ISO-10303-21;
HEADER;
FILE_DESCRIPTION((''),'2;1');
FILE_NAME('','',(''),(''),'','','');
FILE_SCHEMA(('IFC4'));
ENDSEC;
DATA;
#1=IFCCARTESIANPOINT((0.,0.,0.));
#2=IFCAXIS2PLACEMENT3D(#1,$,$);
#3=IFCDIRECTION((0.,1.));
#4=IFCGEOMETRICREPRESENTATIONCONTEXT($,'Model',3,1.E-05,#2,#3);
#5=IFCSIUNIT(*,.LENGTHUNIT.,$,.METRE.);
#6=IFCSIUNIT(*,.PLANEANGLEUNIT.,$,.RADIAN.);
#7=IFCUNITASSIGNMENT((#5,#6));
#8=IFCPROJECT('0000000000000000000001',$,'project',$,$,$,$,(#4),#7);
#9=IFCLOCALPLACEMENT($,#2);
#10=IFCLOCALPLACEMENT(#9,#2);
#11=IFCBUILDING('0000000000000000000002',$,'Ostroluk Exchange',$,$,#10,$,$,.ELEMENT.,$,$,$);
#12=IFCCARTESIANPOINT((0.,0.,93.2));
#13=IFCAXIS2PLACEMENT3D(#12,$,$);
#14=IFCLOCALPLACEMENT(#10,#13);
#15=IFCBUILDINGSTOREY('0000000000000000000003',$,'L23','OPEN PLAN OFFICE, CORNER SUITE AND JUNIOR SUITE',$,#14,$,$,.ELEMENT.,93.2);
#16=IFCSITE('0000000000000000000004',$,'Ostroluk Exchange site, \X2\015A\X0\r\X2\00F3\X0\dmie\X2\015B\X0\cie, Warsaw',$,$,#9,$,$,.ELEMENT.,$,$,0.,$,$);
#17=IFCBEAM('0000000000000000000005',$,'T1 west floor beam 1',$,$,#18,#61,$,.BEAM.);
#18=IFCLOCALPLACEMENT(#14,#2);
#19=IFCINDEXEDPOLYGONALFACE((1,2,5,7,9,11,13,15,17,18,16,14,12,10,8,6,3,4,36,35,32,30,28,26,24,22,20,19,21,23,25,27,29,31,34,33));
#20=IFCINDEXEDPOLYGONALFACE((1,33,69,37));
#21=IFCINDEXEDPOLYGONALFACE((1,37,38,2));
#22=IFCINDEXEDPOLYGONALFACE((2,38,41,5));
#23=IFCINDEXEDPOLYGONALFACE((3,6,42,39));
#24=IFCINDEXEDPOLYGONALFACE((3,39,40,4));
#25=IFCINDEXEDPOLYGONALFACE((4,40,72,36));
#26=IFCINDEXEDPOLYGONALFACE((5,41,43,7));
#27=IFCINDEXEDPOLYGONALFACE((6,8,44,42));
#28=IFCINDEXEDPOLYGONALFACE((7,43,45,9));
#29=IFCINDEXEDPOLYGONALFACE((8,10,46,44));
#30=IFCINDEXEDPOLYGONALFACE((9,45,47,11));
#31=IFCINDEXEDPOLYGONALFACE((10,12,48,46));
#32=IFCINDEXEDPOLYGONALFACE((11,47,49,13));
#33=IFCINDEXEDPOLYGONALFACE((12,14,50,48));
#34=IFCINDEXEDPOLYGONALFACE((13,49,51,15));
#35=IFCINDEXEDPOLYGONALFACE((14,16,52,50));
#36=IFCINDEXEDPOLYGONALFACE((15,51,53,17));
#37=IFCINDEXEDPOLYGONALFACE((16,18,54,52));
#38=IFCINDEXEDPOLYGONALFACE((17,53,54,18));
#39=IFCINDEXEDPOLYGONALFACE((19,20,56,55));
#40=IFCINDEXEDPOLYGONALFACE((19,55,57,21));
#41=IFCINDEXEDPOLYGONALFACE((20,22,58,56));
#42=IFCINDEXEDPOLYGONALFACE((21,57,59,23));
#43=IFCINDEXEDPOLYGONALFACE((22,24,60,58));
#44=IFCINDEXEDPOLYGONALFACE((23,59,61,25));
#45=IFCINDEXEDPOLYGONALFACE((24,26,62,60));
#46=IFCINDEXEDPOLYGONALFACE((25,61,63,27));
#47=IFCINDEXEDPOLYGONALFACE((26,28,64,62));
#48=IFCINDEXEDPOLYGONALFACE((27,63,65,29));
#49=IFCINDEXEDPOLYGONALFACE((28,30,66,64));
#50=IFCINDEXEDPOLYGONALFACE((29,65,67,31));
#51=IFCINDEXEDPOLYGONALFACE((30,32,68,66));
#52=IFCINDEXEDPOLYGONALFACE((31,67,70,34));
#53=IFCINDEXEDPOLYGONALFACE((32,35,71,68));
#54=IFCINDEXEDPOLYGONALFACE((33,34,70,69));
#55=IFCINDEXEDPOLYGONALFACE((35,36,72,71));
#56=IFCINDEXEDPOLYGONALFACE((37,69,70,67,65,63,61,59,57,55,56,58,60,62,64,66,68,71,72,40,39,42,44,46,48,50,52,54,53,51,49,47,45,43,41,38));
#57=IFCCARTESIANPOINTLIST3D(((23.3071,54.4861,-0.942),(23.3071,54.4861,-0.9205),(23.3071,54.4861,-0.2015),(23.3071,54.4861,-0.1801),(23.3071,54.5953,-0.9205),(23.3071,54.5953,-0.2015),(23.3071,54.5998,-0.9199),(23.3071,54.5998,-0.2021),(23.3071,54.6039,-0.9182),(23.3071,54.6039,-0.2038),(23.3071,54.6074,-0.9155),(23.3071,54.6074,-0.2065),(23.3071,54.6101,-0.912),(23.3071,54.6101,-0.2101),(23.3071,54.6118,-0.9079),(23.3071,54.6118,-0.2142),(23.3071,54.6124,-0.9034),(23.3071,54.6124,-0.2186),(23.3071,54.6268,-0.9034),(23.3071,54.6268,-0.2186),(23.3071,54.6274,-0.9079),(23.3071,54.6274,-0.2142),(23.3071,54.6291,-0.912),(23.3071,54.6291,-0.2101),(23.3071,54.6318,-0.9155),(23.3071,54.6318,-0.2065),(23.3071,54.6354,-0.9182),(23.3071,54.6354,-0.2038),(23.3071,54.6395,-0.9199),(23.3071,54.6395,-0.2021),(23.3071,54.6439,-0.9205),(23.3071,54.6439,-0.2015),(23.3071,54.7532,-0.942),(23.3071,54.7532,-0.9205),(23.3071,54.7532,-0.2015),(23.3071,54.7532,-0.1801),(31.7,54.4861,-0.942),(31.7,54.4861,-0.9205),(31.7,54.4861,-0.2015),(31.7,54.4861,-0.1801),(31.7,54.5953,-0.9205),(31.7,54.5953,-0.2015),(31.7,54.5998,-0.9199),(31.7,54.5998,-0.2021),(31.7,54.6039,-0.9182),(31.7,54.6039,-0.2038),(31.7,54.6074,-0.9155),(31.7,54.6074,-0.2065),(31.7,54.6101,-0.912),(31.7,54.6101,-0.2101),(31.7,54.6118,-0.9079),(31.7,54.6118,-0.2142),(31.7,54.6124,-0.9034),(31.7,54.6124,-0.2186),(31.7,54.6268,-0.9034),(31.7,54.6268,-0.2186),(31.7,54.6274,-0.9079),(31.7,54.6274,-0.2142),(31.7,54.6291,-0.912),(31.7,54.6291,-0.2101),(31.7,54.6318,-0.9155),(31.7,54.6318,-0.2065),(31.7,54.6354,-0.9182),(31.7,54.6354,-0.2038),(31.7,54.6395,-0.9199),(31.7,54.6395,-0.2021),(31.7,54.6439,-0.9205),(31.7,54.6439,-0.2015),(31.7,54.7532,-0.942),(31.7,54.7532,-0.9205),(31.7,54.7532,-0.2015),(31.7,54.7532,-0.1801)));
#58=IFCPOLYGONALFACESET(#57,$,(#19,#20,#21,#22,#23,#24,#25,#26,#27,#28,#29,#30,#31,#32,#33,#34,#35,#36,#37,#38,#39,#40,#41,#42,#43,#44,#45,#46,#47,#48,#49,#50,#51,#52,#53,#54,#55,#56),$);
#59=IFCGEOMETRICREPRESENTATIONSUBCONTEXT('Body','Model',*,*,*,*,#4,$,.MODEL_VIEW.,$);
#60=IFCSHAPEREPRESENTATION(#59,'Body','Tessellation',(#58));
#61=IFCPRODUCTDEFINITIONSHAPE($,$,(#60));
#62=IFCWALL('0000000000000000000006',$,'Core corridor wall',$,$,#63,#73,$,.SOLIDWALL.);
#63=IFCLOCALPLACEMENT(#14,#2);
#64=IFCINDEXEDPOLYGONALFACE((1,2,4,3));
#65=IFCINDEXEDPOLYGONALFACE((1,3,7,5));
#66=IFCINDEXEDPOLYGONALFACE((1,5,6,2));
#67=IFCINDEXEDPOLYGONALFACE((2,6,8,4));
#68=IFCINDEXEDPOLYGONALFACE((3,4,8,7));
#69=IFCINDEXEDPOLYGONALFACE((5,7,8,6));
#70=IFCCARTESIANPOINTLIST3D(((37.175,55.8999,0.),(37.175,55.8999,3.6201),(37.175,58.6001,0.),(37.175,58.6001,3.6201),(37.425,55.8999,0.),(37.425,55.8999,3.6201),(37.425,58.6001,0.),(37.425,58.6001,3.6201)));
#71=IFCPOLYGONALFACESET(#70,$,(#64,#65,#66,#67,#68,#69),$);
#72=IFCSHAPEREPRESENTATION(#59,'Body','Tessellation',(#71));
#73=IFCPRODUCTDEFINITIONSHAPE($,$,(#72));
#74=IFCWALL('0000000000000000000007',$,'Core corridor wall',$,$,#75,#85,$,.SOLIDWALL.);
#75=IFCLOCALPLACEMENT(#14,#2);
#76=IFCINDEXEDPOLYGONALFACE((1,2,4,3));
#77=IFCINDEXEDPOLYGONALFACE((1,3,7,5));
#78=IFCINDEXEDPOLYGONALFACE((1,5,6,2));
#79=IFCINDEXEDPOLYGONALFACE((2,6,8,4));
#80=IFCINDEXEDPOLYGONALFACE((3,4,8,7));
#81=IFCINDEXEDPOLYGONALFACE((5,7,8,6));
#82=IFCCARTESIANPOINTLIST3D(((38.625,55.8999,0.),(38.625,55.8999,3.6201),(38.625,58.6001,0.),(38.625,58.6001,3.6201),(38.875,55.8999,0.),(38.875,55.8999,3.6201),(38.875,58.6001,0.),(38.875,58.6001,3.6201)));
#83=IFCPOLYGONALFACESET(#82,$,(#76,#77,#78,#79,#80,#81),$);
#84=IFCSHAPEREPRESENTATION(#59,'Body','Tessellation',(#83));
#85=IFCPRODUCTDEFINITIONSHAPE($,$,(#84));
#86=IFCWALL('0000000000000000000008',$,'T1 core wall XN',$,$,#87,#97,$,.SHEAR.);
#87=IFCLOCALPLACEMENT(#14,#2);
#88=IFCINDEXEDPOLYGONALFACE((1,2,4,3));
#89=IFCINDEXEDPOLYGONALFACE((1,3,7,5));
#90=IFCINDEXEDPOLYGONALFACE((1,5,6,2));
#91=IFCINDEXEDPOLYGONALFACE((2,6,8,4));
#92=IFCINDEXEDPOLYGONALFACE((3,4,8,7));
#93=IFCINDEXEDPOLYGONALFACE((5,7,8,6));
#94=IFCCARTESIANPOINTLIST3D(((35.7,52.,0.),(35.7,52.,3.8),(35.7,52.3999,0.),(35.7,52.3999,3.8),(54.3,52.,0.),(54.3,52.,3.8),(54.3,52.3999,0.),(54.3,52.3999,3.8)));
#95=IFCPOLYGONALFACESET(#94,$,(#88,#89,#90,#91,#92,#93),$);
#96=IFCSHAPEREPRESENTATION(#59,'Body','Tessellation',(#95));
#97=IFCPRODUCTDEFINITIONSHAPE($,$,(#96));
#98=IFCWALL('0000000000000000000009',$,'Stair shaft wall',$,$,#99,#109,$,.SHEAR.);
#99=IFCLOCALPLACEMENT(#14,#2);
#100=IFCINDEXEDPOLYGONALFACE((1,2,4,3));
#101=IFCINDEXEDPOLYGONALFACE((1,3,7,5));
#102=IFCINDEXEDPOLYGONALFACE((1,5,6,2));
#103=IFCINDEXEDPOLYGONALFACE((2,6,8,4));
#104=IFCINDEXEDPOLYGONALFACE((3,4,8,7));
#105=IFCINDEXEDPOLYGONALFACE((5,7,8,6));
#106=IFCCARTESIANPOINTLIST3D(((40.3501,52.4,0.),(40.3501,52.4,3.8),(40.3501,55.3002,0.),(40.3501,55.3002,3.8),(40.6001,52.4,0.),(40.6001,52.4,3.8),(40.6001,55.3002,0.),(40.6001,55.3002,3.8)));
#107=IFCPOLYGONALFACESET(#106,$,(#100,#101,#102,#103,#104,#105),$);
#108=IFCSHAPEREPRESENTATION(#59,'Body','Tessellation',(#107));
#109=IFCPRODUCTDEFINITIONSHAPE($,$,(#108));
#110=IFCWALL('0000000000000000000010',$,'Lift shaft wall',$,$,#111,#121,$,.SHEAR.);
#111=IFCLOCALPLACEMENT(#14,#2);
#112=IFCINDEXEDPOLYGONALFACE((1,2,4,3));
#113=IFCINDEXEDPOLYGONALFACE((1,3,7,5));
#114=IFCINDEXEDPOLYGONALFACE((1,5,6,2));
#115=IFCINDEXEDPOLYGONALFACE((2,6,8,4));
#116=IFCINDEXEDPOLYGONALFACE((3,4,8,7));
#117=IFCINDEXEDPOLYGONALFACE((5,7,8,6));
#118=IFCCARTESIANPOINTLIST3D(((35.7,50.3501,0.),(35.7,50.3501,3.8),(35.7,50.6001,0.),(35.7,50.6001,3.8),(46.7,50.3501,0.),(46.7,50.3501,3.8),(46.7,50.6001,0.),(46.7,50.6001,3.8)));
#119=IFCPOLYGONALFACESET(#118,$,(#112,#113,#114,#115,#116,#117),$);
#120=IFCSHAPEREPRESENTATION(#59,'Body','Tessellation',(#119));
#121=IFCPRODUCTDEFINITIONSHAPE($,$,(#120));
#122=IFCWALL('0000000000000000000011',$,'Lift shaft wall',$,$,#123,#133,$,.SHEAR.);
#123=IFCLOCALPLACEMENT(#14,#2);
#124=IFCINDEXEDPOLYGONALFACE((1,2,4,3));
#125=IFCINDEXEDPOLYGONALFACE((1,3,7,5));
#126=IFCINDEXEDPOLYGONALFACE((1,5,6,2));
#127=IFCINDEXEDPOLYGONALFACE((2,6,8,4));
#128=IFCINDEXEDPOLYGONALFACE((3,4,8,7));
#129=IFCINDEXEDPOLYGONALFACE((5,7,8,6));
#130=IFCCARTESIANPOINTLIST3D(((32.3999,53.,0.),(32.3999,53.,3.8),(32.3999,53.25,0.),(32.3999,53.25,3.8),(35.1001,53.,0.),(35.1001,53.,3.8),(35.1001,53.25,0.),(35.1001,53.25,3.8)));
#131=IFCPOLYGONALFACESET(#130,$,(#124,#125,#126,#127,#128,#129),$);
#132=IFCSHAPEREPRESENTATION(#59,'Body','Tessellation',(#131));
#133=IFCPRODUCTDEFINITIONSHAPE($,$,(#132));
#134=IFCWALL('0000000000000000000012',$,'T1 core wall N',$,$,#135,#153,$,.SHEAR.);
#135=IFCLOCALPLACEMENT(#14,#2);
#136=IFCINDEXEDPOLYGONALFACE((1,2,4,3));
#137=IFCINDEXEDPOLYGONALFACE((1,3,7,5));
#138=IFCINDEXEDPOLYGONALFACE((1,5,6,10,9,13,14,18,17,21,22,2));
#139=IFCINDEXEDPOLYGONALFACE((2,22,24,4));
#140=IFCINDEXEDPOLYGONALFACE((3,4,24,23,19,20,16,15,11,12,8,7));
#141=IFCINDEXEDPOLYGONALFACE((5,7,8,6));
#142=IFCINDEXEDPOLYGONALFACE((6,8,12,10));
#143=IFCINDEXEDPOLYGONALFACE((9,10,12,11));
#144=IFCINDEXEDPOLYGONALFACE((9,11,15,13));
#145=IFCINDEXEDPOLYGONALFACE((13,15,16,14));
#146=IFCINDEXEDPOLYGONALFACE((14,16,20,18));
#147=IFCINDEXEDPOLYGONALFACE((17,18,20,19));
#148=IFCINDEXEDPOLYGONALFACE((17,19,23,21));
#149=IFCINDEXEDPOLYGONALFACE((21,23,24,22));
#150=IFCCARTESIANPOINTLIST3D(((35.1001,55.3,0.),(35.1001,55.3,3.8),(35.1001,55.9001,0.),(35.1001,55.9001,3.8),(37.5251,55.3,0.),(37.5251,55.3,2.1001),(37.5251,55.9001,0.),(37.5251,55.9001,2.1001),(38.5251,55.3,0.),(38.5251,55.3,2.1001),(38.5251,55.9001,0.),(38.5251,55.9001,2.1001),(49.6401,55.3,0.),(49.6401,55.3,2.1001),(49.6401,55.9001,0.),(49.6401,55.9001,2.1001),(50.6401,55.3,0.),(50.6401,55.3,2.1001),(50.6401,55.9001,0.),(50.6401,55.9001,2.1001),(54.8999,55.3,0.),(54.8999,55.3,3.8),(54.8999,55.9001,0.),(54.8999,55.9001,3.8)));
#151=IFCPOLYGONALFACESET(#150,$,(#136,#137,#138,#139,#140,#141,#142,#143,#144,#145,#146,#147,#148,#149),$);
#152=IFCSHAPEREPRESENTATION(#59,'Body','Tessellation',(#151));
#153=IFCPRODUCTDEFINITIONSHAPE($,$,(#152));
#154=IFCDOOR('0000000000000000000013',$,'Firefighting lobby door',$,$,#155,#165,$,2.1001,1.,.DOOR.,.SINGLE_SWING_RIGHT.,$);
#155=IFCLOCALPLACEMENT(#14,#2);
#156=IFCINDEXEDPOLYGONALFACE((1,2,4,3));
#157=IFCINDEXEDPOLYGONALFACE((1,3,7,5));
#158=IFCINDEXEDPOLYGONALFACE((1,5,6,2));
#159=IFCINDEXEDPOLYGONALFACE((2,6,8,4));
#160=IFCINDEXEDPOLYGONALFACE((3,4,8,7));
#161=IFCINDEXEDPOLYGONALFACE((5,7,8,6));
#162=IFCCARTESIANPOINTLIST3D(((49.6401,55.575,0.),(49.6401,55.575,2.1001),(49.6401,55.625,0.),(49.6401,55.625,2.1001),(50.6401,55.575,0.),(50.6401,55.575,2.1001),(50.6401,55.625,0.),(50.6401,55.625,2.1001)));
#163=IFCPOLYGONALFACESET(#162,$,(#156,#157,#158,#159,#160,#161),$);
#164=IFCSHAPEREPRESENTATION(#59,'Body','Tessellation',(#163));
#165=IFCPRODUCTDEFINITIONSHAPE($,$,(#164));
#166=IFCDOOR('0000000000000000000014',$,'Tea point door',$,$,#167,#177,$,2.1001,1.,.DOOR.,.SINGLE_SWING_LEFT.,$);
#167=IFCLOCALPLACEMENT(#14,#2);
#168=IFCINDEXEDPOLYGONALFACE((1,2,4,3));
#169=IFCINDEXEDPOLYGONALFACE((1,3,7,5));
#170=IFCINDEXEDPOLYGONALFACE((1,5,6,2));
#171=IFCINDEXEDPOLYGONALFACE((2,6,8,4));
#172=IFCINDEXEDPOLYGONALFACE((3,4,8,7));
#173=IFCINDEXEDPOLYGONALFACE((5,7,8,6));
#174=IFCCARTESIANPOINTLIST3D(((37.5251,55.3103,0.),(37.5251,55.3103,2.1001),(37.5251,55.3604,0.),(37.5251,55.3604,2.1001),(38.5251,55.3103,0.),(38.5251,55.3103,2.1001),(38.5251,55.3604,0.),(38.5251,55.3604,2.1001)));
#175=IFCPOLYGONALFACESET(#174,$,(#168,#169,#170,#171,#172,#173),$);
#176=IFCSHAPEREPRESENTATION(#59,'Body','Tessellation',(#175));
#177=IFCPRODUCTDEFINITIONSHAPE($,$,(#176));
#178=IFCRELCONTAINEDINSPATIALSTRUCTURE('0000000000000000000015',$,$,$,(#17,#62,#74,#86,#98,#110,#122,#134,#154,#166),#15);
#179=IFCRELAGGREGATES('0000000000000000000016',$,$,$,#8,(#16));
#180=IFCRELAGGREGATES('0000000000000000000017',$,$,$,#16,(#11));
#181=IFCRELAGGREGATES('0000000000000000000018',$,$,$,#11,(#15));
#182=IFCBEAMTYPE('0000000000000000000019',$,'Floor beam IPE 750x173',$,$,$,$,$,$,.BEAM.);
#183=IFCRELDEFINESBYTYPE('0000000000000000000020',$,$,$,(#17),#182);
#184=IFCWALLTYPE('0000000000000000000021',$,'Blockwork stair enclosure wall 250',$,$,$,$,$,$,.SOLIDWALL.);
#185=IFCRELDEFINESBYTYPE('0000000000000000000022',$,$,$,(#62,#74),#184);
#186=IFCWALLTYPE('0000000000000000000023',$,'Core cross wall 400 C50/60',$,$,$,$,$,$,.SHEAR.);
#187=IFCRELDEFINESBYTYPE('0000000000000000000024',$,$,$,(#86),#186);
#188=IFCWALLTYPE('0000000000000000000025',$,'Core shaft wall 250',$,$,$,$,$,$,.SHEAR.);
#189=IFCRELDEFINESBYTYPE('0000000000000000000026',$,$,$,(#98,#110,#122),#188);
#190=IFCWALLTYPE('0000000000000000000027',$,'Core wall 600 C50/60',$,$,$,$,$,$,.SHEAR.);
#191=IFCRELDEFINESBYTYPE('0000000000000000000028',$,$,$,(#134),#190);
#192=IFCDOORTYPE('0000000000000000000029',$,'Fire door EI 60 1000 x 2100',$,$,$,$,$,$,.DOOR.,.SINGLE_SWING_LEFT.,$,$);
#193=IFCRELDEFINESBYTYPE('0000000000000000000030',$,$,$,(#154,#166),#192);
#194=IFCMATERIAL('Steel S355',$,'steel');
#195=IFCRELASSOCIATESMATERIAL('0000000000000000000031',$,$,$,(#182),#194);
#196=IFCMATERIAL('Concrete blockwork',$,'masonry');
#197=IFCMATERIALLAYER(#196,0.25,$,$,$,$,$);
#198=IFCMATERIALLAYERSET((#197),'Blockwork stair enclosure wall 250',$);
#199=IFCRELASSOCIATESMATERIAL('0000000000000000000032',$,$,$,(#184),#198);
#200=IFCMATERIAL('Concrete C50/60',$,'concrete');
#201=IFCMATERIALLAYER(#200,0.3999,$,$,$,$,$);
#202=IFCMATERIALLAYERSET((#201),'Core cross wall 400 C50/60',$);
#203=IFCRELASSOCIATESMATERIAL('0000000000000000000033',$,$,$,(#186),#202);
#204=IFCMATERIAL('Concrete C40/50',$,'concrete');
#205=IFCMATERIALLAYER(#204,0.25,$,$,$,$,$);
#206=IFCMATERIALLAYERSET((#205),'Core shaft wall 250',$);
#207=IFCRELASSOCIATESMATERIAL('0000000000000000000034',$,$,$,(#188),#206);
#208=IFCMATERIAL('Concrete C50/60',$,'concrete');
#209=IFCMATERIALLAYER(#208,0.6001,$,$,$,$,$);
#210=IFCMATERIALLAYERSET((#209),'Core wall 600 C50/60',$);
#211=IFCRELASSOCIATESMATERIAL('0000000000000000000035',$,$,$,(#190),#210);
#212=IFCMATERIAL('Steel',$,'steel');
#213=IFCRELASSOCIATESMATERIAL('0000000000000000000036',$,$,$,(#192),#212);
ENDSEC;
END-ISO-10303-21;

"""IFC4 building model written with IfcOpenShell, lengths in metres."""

from ifc_helpers import new_model, si_unit, direction, frame, frame_2d, origin, origin_2d, place, context, subcontext, project, spatial, rectangle, i_section, extrude, material, layer, layer_set, material_profile, profile_set, type_object, element, fill, save


model = new_model("IFC4")

# Units and contexts
model_context = context("Model", 3, precision=1e-05, world=origin(), true_north=direction((0.0, 1.0)))
body_context = subcontext(model_context, "Body", "Model", "MODEL_VIEW")
ifc_project = project(units=[si_unit("LENGTHUNIT", "METRE"), si_unit("PLANEANGLEUNIT", "RADIAN")], contexts=[model_context])

# Site, building, storey
site_placement = place(None, origin())
site = spatial("IfcSite", under=ifc_project, at=site_placement, Name="Ostroluk Exchange site, Śródmieście, Warsaw", CompositionType="ELEMENT", RefElevation=0.0)
building_placement = place(site_placement, origin())
building = spatial("IfcBuilding", under=site, at=building_placement, Name="Ostroluk Exchange", CompositionType="ELEMENT")
storey_placement = place(building_placement, frame((0.0, 0.0, 93.2)))
storey = spatial("IfcBuildingStorey", under=building, at=storey_placement, Name="L23", Description="OPEN PLAN OFFICE, CORNER SUITE AND JUNIOR SUITE", CompositionType="ELEMENT", Elevation=93.2)

# Beam
ifc_material_1 = material(Name="Steel S355", Category="steel")
ifc_material_profile = material_profile(ifc_material_1, i_section(OverallWidth=0.2671, OverallDepth=0.762, WebThickness=0.0144, FlangeThickness=0.0215, FilletRadius=0.0171, at=origin_2d()), Name="IPE 750x173")
ifc_profile_set = profile_set([ifc_material_profile], Name="Steel S355")
beam_type = type_object("IfcBeamType", Name="Floor beam IPE 750x173", PredefinedType="BEAM", material=ifc_profile_set)
beam_placement = place(storey_placement, frame((31.7, 54.6196, -0.561), z_axis=(-1.0, 0.0, 0.0), x_axis=(0.0, -1.0, 0.0)))
element("IfcBeam", 1, at=beam_placement, inside=storey, type_object=beam_type, Name="T1 west floor beam 1", PredefinedType="BEAM", context=body_context, shape_type="SweptSolid", body=[
    extrude(i_section(OverallWidth=0.2671, OverallDepth=0.762, WebThickness=0.0144, FlangeThickness=0.0215, FilletRadius=0.0171, at=origin_2d()), origin(), (0.0, 0.0, 1.0), 8.3928),
])

# Walls
ifc_material_2 = material(Name="Concrete blockwork", Category="masonry")
ifc_layer_1 = layer(ifc_material_2, 0.25)
ifc_layer_set_1 = layer_set([ifc_layer_1], Name="Blockwork stair enclosure wall 250")
wall_type_1 = type_object("IfcWallType", Name="Blockwork stair enclosure wall 250", PredefinedType="SOLIDWALL", material=ifc_layer_set_1)
for number, where, z_axis, x_axis, name in (
    (2, (37.3, 55.8999, 0.0), (0.0, 0.0, 1.0), (0.0, 1.0, 0.0), "Core corridor wall"),
    (3, (38.75, 55.8999, 0.0), (0.0, 0.0, 1.0), (0.0, 1.0, 0.0), "Core corridor wall"),
):
    element("IfcWall", number, at=place(storey_placement, frame(where, z_axis=z_axis, x_axis=x_axis)), inside=storey, type_object=wall_type_1, Name=name, PredefinedType="SOLIDWALL", context=body_context, shape_type="SweptSolid", body=[
        extrude(rectangle(XDim=2.7002, YDim=0.25, at=frame_2d((1.3501, 0.0))), origin(), (0.0, 0.0, 1.0), 3.6201),
    ])
ifc_material_3 = material(Name="Concrete C50/60", Category="concrete")
ifc_layer_2 = layer(ifc_material_3, 0.3999)
ifc_layer_set_2 = layer_set([ifc_layer_2], Name="Core cross wall 400 C50/60")
wall_type_2 = type_object("IfcWallType", Name="Core cross wall 400 C50/60", PredefinedType="SHEAR", material=ifc_layer_set_2)
wall_1_placement = place(storey_placement, frame((35.7, 52.2, 0.0), z_axis=(0.0, 0.0, 1.0), x_axis=(1.0, 0.0, 0.0)))
element("IfcWall", 4, at=wall_1_placement, inside=storey, type_object=wall_type_2, Name="T1 core wall XN", PredefinedType="SHEAR", context=body_context, shape_type="SweptSolid", body=[
    extrude(rectangle(XDim=18.6001, YDim=0.3999, at=frame_2d((9.3, 0.0))), origin(), (0.0, 0.0, 1.0), 3.8),
])
ifc_material_4 = material(Name="Concrete C40/50", Category="concrete")
ifc_layer_3 = layer(ifc_material_4, 0.25)
ifc_layer_set_3 = layer_set([ifc_layer_3], Name="Core shaft wall 250")
wall_type_3 = type_object("IfcWallType", Name="Core shaft wall 250", PredefinedType="SHEAR", material=ifc_layer_set_3)
wall_2_placement = place(storey_placement, frame((40.4751, 52.3999, 0.0), z_axis=(0.0, 0.0, 1.0), x_axis=(0.0, 1.0, 0.0)))
element("IfcWall", 5, at=wall_2_placement, inside=storey, type_object=wall_type_3, Name="Stair shaft wall", PredefinedType="SHEAR", context=body_context, shape_type="SweptSolid", body=[
    extrude(rectangle(XDim=2.9001, YDim=0.25, at=frame_2d((1.4502, 0.0))), origin(), (0.0, 0.0, 1.0), 3.8),
])
wall_3_placement = place(storey_placement, frame((35.7, 50.4751, 0.0), z_axis=(0.0, 0.0, 1.0), x_axis=(1.0, 0.0, 0.0)))
element("IfcWall", 6, at=wall_3_placement, inside=storey, type_object=wall_type_3, Name="Lift shaft wall", PredefinedType="SHEAR", context=body_context, shape_type="SweptSolid", body=[
    extrude(rectangle(XDim=11.0, YDim=0.25, at=frame_2d((5.5, 0.0))), origin(), (0.0, 0.0, 1.0), 3.8),
])
wall_4_placement = place(storey_placement, frame((32.3999, 53.125, 0.0), z_axis=(0.0, 0.0, 1.0), x_axis=(1.0, 0.0, 0.0)))
element("IfcWall", 7, at=wall_4_placement, inside=storey, type_object=wall_type_3, Name="Lift shaft wall", PredefinedType="SHEAR", context=body_context, shape_type="SweptSolid", body=[
    extrude(rectangle(XDim=2.7002, YDim=0.25, at=frame_2d((1.3501, 0.0))), origin(), (0.0, 0.0, 1.0), 3.8),
])

# Wall, openings, doors
ifc_material_5 = material(Name="Concrete C50/60", Category="concrete")
ifc_layer_4 = layer(ifc_material_5, 0.6001)
ifc_layer_set_4 = layer_set([ifc_layer_4], Name="Core wall 600 C50/60")
wall_type_4 = type_object("IfcWallType", Name="Core wall 600 C50/60", PredefinedType="SHEAR", material=ifc_layer_set_4)
wall_5_placement = place(storey_placement, frame((35.1001, 55.6001, 0.0), z_axis=(0.0, 0.0, 1.0), x_axis=(1.0, 0.0, 0.0)))
wall_5 = element("IfcWall", 8, at=wall_5_placement, inside=storey, type_object=wall_type_4, Name="T1 core wall N", PredefinedType="SHEAR", context=body_context, shape_type="SweptSolid", body=[
    extrude(rectangle(XDim=19.7998, YDim=0.6001, at=frame_2d((9.8999, 0.0))), origin(), (0.0, 0.0, 1.0), 3.8),
])
opening_1_placement = place(wall_5_placement, frame((14.54, 0.0, 0.0)))
opening_1 = element("IfcOpeningElement", 9, at=opening_1_placement, cuts=wall_5, PredefinedType="OPENING", context=body_context, shape_type="SweptSolid", body=[
    extrude(rectangle(XDim=1.0, YDim=2.1001, at=frame_2d((0.5, 1.05))), frame((0.0, 0.3101, 0.0), z_axis=(0.0, -1.0, 0.0), x_axis=(1.0, 0.0, 0.0)), (0.0, 0.0, 1.0), 0.6201),
])
opening_2_placement = place(wall_5_placement, frame((2.425, 0.0, 0.0)))
opening_2 = element("IfcOpeningElement", 10, at=opening_2_placement, cuts=wall_5, PredefinedType="OPENING", context=body_context, shape_type="SweptSolid", body=[
    extrude(rectangle(XDim=1.0, YDim=2.1001, at=frame_2d((0.5, 1.05))), frame((0.0, 0.3101, 0.0), z_axis=(0.0, -1.0, 0.0), x_axis=(1.0, 0.0, 0.0)), (0.0, 0.0, 1.0), 0.6201),
])
ifc_material_6 = material(Name="Steel", Category="steel")
door_type = type_object("IfcDoorType", Name="Fire door EI 60 1000 x 2100", OperationType="SINGLE_SWING_LEFT", PredefinedType="DOOR", material=ifc_material_6)
door_1_placement = place(opening_1_placement, origin())
door_1 = element("IfcDoor", 11, at=door_1_placement, inside=storey, type_object=door_type, Name="Firefighting lobby door", OperationType="SINGLE_SWING_RIGHT", OverallHeight=2.1001, OverallWidth=1.0, PredefinedType="DOOR", context=body_context, shape_type="SweptSolid", body=[
    extrude(rectangle(XDim=1.0, YDim=2.1001, at=frame_2d((0.5, 1.05))), frame((0.0, 0.0249, 0.0), z_axis=(0.0, -1.0, 0.0), x_axis=(1.0, 0.0, 0.0)), (0.0, 0.0, 1.0), 0.05),
])
fill(opening_1, door_1)
door_2_placement = place(opening_2_placement, origin())
door_2 = element("IfcDoor", 12, at=door_2_placement, inside=storey, type_object=door_type, Name="Tea point door", OperationType="SINGLE_SWING_LEFT", OverallHeight=2.1001, OverallWidth=1.0, PredefinedType="DOOR", context=body_context, shape_type="SweptSolid", body=[
    extrude(rectangle(XDim=1.0, YDim=2.1001, at=frame_2d((0.5, 1.05))), frame((0.0, -0.2397, 0.0), z_axis=(0.0, -1.0, 0.0), x_axis=(1.0, 0.0, 0.0)), (0.0, 0.0, 1.0), 0.05),
])
fill(opening_2, door_2)

save(model, "model.ifc")
